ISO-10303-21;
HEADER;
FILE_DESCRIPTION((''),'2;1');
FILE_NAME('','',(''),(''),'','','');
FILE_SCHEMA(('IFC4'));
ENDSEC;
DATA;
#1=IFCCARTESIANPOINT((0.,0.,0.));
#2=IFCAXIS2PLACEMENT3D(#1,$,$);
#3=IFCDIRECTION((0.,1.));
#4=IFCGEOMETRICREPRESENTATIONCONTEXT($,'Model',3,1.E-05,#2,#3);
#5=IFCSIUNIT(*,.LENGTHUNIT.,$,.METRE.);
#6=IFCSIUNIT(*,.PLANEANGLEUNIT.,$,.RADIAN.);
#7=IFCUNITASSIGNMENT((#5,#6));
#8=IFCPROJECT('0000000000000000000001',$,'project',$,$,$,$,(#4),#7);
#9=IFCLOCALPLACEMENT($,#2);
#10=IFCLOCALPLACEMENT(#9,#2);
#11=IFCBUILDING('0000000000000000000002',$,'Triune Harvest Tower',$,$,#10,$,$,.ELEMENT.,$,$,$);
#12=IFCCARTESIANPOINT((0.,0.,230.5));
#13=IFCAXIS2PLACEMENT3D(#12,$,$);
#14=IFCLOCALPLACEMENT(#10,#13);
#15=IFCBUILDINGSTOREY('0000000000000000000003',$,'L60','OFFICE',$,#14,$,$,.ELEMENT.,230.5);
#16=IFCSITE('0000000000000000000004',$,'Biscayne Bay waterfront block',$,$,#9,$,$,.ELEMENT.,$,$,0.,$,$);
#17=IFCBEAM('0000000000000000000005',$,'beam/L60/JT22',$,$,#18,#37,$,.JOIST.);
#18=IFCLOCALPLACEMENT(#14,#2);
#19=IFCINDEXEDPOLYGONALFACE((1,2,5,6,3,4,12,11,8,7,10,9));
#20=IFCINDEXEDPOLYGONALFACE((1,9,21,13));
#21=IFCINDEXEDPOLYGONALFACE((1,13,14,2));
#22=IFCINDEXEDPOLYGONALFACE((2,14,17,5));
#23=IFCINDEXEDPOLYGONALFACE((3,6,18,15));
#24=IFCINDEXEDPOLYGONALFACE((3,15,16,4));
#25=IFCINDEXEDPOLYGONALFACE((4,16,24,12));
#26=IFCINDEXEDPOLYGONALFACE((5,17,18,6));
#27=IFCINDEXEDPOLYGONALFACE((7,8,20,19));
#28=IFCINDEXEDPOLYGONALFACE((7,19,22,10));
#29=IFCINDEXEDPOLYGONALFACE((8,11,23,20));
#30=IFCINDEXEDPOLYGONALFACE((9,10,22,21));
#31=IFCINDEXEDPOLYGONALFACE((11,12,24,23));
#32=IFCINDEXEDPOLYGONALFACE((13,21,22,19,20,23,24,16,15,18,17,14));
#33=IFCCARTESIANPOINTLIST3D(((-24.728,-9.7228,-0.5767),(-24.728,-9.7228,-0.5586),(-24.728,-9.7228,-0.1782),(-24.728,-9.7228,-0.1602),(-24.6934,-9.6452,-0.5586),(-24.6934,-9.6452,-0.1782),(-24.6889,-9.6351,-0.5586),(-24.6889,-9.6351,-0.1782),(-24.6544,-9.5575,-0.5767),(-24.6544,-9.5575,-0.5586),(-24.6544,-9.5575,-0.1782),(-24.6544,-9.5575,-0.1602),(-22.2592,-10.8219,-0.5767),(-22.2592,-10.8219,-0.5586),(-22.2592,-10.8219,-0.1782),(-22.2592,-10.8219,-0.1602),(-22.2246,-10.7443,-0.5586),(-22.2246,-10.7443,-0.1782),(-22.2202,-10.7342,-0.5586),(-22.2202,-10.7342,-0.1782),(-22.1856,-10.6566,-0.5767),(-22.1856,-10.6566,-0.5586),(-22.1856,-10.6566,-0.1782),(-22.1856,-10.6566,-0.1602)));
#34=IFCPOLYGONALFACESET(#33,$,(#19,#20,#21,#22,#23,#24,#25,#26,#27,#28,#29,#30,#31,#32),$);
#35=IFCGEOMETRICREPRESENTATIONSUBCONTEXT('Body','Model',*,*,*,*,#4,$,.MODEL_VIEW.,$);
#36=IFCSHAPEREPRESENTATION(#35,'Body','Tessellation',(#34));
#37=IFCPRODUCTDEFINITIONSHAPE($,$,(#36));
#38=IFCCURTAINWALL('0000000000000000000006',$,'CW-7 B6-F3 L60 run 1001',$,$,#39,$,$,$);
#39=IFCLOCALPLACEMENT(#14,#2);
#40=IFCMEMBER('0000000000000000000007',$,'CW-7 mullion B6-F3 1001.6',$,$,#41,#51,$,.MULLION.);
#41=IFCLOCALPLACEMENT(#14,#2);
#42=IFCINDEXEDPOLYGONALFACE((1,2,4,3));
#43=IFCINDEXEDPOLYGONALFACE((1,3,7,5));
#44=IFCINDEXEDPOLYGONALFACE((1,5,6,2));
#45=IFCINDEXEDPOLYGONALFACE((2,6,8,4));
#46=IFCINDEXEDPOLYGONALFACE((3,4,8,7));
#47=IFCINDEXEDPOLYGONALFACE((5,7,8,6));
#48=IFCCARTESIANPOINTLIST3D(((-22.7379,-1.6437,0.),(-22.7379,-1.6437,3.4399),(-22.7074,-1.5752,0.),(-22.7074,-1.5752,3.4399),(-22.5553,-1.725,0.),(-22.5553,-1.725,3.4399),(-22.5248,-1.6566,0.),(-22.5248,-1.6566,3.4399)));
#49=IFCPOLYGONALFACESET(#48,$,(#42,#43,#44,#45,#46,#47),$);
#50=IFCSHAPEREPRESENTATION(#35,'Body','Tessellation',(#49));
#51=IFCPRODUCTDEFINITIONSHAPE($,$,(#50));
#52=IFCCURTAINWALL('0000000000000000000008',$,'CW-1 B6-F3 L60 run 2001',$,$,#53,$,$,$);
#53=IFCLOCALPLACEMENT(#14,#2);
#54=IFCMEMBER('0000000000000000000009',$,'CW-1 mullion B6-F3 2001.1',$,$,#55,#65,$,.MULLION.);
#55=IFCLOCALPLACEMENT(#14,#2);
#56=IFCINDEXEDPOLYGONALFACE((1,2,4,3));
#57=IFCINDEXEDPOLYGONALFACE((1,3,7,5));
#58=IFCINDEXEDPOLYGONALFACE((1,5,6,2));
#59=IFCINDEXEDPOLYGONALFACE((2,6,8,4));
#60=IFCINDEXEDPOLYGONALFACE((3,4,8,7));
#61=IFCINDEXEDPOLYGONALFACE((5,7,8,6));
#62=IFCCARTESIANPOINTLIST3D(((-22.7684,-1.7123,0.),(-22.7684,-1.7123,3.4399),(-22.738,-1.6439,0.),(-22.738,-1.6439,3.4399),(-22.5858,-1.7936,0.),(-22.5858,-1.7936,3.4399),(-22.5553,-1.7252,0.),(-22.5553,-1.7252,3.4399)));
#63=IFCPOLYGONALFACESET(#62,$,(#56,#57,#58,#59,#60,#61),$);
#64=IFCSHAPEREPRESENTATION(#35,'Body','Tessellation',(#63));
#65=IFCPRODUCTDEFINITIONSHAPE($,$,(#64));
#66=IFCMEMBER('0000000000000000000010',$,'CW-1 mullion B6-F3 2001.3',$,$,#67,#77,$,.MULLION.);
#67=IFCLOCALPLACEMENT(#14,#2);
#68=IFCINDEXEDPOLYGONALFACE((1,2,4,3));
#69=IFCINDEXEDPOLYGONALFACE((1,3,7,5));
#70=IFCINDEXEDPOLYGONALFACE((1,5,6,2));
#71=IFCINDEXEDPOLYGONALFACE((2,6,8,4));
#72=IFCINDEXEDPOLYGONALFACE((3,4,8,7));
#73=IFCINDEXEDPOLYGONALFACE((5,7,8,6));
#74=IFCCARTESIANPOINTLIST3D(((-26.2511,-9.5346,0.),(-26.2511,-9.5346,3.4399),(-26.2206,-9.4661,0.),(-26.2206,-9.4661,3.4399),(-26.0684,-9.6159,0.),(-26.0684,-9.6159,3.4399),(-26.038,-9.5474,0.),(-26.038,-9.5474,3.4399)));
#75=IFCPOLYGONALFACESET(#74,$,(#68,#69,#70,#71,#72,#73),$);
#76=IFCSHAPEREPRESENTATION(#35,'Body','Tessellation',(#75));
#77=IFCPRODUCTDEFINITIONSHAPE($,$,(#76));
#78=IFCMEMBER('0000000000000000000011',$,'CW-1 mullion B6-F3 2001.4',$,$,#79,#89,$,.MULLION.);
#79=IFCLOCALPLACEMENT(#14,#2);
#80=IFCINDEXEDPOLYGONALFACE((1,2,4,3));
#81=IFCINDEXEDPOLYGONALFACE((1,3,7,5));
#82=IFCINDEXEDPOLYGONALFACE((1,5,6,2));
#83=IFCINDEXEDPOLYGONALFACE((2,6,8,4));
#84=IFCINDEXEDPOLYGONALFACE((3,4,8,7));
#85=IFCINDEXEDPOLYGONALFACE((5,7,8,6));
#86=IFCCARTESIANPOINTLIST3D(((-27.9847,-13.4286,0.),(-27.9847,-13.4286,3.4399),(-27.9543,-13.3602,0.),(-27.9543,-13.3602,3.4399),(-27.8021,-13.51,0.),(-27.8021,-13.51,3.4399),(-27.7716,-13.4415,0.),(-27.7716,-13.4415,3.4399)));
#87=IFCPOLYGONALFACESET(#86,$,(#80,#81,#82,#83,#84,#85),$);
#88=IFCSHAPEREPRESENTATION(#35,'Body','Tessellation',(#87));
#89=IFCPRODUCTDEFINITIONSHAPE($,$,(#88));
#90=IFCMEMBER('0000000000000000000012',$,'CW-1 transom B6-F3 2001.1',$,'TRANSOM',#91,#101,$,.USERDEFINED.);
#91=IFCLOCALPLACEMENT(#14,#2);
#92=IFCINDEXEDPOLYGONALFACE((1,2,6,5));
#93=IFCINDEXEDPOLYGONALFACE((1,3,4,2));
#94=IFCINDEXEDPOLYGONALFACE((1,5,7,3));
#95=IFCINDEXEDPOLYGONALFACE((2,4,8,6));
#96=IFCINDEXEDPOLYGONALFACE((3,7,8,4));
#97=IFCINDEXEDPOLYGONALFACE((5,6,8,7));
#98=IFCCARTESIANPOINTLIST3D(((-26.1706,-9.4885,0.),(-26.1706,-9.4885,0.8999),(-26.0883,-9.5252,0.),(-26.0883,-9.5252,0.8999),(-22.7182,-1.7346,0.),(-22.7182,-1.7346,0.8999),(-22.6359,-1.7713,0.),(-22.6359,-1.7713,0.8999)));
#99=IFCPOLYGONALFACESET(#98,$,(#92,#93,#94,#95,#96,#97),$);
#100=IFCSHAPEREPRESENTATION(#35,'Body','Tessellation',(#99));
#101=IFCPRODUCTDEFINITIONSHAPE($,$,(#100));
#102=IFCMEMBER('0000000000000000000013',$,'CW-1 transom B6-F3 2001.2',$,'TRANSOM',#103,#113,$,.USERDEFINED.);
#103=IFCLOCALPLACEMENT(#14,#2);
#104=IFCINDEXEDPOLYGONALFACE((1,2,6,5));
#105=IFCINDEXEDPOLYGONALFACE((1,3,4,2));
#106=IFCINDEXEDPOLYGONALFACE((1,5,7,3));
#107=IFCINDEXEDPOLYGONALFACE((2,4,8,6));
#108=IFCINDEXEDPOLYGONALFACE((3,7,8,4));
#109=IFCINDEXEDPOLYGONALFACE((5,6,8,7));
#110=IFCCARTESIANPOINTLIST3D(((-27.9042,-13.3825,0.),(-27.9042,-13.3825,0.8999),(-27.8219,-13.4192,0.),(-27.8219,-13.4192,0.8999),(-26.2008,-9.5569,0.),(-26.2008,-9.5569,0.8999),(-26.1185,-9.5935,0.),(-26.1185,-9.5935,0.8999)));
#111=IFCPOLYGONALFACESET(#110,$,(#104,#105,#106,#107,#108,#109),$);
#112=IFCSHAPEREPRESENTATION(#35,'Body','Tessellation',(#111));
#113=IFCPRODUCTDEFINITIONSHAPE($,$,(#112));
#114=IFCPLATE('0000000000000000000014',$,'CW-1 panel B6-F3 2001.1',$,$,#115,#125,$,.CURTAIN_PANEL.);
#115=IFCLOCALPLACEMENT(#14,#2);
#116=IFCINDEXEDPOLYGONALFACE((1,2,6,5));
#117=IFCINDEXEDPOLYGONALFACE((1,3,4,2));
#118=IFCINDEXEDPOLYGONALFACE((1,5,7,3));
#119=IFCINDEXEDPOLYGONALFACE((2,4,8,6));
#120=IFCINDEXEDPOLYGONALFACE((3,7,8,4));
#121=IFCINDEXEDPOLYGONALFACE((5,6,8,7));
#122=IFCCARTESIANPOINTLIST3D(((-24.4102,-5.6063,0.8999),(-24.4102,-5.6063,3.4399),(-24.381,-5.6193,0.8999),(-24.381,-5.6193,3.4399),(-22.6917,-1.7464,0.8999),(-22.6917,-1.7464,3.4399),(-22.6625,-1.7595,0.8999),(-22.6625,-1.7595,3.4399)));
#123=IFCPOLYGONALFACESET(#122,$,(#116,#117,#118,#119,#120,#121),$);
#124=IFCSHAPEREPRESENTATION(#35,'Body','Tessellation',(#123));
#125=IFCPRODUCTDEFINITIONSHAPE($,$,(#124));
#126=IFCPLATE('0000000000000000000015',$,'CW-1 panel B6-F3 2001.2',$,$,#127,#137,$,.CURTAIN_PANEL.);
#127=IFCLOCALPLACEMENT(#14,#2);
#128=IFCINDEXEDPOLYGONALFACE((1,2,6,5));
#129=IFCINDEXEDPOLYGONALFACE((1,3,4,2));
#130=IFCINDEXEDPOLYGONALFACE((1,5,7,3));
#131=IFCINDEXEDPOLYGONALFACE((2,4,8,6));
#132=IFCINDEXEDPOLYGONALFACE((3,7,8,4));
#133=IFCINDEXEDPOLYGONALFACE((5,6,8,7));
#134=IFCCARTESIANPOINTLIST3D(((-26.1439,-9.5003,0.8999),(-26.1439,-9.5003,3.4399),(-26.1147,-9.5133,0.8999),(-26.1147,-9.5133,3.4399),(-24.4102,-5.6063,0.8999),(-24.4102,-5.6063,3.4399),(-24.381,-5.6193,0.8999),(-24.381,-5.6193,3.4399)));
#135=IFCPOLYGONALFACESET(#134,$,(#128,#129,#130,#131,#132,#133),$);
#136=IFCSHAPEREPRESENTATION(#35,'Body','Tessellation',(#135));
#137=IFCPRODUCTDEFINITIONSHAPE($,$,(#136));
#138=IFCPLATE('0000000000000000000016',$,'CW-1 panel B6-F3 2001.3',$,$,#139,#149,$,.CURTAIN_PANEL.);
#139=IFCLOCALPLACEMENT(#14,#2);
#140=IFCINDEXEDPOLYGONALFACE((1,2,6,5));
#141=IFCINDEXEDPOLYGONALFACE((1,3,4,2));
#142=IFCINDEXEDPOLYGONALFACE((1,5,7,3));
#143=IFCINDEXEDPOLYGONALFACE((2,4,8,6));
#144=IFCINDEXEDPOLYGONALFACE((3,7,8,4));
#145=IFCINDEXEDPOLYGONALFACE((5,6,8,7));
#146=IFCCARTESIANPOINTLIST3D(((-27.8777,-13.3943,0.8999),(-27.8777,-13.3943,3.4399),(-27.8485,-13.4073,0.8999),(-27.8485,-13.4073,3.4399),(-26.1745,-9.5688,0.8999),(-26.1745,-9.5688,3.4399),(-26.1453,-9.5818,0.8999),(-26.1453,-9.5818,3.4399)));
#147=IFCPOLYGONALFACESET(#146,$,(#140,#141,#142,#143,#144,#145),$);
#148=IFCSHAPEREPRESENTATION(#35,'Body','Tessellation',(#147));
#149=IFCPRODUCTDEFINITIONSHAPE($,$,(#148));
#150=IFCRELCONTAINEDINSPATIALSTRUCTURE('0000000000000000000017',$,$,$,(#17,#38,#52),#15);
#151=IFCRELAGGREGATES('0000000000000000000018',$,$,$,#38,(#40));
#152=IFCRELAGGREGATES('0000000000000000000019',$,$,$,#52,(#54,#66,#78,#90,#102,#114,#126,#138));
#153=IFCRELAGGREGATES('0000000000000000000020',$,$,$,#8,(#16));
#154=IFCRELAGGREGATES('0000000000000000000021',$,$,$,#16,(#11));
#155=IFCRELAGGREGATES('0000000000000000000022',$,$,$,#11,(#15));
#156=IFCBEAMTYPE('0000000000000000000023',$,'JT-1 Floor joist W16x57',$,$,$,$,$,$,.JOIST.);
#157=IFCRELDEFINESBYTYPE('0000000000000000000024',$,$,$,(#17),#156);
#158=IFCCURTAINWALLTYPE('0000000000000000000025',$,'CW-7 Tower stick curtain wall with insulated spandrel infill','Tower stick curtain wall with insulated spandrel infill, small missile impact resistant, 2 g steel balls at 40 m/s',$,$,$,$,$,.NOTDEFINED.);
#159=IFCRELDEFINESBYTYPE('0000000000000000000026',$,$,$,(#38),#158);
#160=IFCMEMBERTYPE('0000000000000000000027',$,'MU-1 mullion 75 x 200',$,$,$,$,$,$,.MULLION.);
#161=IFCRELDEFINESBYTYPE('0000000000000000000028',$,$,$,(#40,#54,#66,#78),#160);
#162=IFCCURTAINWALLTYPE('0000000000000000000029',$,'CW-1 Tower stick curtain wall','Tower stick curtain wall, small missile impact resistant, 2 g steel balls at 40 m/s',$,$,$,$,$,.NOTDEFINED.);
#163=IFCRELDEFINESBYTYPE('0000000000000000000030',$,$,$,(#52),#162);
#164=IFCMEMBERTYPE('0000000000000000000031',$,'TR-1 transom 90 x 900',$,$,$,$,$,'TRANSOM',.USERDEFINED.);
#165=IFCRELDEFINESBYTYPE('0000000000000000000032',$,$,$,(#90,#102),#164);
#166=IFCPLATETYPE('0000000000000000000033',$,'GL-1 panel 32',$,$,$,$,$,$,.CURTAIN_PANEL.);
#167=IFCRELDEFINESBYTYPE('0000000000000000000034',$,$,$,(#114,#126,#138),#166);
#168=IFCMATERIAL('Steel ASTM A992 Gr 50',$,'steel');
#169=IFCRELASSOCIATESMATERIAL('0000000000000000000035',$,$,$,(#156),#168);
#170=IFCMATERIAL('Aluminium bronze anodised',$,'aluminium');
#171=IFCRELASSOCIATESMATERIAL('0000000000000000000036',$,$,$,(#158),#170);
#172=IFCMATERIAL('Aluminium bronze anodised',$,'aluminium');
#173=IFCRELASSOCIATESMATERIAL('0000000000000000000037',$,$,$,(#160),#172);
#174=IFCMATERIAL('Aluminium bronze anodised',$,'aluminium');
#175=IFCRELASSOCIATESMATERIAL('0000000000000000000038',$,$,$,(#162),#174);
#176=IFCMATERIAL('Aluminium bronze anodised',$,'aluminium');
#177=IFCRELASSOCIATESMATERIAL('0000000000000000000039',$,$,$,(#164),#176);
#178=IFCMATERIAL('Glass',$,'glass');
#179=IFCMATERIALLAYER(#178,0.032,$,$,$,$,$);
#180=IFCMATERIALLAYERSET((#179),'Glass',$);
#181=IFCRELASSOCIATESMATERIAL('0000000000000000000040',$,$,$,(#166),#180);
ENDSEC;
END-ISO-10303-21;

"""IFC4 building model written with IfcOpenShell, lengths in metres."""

from ifc_helpers import new_model, si_unit, direction, frame, origin, origin_2d, place, context, subcontext, project, spatial, rectangle, i_section, extrude, source, transform, mapped, material, layer, layer_set, material_profile, profile_set, type_object, element, aggregate, save


model = new_model("IFC4")

# Units and contexts
model_context = context("Model", 3, precision=1e-05, world=origin(), true_north=direction((0.0, 1.0)))
body_context = subcontext(model_context, "Body", "Model", "MODEL_VIEW")
ifc_project = project(units=[si_unit("LENGTHUNIT", "METRE"), si_unit("PLANEANGLEUNIT", "RADIAN")], contexts=[model_context])

# Site, building, storey
site_placement = place(None, origin())
site = spatial("IfcSite", under=ifc_project, at=site_placement, Name="Biscayne Bay waterfront block", CompositionType="ELEMENT", RefElevation=0.0)
building_placement = place(site_placement, origin())
building = spatial("IfcBuilding", under=site, at=building_placement, Name="Triune Harvest Tower", CompositionType="ELEMENT")
storey_placement = place(building_placement, frame((0.0, 0.0, 230.5)))
storey = spatial("IfcBuildingStorey", under=building, at=storey_placement, Name="L60", Description="OFFICE", CompositionType="ELEMENT", Elevation=230.5)

# Beam
ifc_material_1 = material(Name="Steel ASTM A992 Gr 50", Category="steel")
ifc_material_profile_1 = material_profile(ifc_material_1, i_section(OverallWidth=0.1809, OverallDepth=0.4165, WebThickness=0.011, FlangeThickness=0.0181, at=origin_2d()), Name="W16x57")
ifc_profile_set_1 = profile_set([ifc_material_profile_1], Name="Steel ASTM A992 Gr 50")
beam_type_1 = type_object("IfcBeamType", Name="JT-1 Floor joist W16x57", PredefinedType="JOIST", material=ifc_profile_set_1)
shared_shape_1 = source(origin(), body_context, "Body", "SweptSolid", [
    extrude(i_section(OverallWidth=0.1809, OverallDepth=0.4165, WebThickness=0.011, FlangeThickness=0.0181, at=origin_2d()), origin(), (0.0, 0.0, 1.0), 2.7024),
])
beam_1_placement = place(storey_placement, frame((-24.6912, -9.6401, -0.3684), z_axis=(0.913551, -0.406725, 0.0), x_axis=(0.406725, 0.913551, 0.0)))
element("IfcBeam", 1, at=beam_1_placement, inside=storey, type_object=beam_type_1, Name="beam/L60/JT22", PredefinedType="JOIST", context=body_context, shape_type="MappedRepresentation", body=[
    mapped(shared_shape_1, transform((0.0, 0.0, 0.0), scale=1.0)),
])

# Curtain wall, member
ifc_material_2 = material(Name="Aluminium bronze anodised", Category="aluminium")
curtain_wall_type_1 = type_object("IfcCurtainWallType", Name="CW-7 Tower stick curtain wall with insulated spandrel infill", Description="Tower stick curtain wall with insulated spandrel infill, small missile impact resistant, 2 g steel balls at 40 m/s", PredefinedType="NOTDEFINED", material=ifc_material_2)
curtain_wall_1_placement = place(storey_placement, origin())
curtain_wall_1 = element("IfcCurtainWall", 2, at=curtain_wall_1_placement, inside=storey, type_object=curtain_wall_type_1, Name="CW-7 B6-F3 L60 run 1001")
ifc_material_3 = material(Name="Aluminium bronze anodised", Category="aluminium")
ifc_material_profile_2 = material_profile(ifc_material_3, rectangle(XDim=0.2, YDim=0.075, at=origin_2d()), Name="MU-1 mullion 75 x 200")
ifc_profile_set_2 = profile_set([ifc_material_profile_2], Name="Aluminium bronze anodised")
member_type_1 = type_object("IfcMemberType", Name="MU-1 mullion 75 x 200", PredefinedType="MULLION", material=ifc_profile_set_2)
shared_shape_2 = source(origin(), body_context, "Body", "SweptSolid", [
    extrude(rectangle(XDim=0.2, YDim=0.075, at=origin_2d()), origin(), (0.0, 0.0, 1.0), 3.4399),
])
member_1_placement = place(storey_placement, frame((-22.6313, -1.6501, 0.0), z_axis=(0.0, 0.0, 1.0), x_axis=(0.913543, -0.406742, 0.0)))
member_1 = element("IfcMember", 3, at=member_1_placement, type_object=member_type_1, Name="CW-7 mullion B6-F3 1001.6", PredefinedType="MULLION", context=body_context, shape_type="MappedRepresentation", body=[
    mapped(shared_shape_2, transform((0.0, 0.0, 0.0), scale=1.0)),
])
aggregate(curtain_wall_1, [member_1])

# Curtain wall, members, plates
ifc_material_4 = material(Name="Aluminium bronze anodised", Category="aluminium")
curtain_wall_type_2 = type_object("IfcCurtainWallType", Name="CW-1 Tower stick curtain wall", Description="Tower stick curtain wall, small missile impact resistant, 2 g steel balls at 40 m/s", PredefinedType="NOTDEFINED", material=ifc_material_4)
curtain_wall_2_placement = place(storey_placement, origin())
curtain_wall_2 = element("IfcCurtainWall", 4, at=curtain_wall_2_placement, inside=storey, type_object=curtain_wall_type_2, Name="CW-1 B6-F3 L60 run 2001")
member_2_placement = place(storey_placement, frame((-22.6619, -1.7188, 0.0), z_axis=(0.0, 0.0, 1.0), x_axis=(0.913546, -0.406735, 0.0)))
member_2 = element("IfcMember", 5, at=member_2_placement, type_object=member_type_1, Name="CW-1 mullion B6-F3 2001.1", PredefinedType="MULLION", context=body_context, shape_type="MappedRepresentation", body=[
    mapped(shared_shape_2, transform((0.0, 0.0, 0.0), scale=1.0)),
])
member_3_placement = place(storey_placement, frame((-26.1445, -9.541, 0.0), z_axis=(0.0, 0.0, 1.0), x_axis=(0.913546, -0.406735, 0.0)))
member_3 = element("IfcMember", 6, at=member_3_placement, type_object=member_type_1, Name="CW-1 mullion B6-F3 2001.3", PredefinedType="MULLION", context=body_context, shape_type="MappedRepresentation", body=[
    mapped(shared_shape_2, transform((0.0, 0.0, 0.0), scale=1.0)),
])
member_4_placement = place(storey_placement, frame((-27.8782, -13.4351, 0.0), z_axis=(0.0, 0.0, 1.0), x_axis=(0.913546, -0.406735, 0.0)))
member_4 = element("IfcMember", 7, at=member_4_placement, type_object=member_type_1, Name="CW-1 mullion B6-F3 2001.4", PredefinedType="MULLION", context=body_context, shape_type="MappedRepresentation", body=[
    mapped(shared_shape_2, transform((0.0, 0.0, 0.0), scale=1.0)),
])
ifc_material_5 = material(Name="Aluminium bronze anodised", Category="aluminium")
ifc_material_profile_3 = material_profile(ifc_material_5, rectangle(XDim=0.0901, YDim=0.8999, at=origin_2d()), Name="TR-1 transom 90 x 900")
ifc_profile_set_3 = profile_set([ifc_material_profile_3], Name="Aluminium bronze anodised")
member_type_2 = type_object("IfcMemberType", Name="TR-1 transom 90 x 900", ElementType="TRANSOM", PredefinedType="USERDEFINED", material=ifc_profile_set_3)
shared_shape_3 = source(origin(), body_context, "Body", "SweptSolid", [
    extrude(rectangle(XDim=0.0901, YDim=0.8999, at=origin_2d()), origin(), (0.0, 0.0, 1.0), 8.4878),
])
member_5_placement = place(storey_placement, frame((-22.677, -1.7529, 0.45), z_axis=(-0.40675, -0.91354, 0.0), x_axis=(0.91354, -0.40675, 0.0)))
member_5 = element("IfcMember", 8, at=member_5_placement, type_object=member_type_2, Name="CW-1 transom B6-F3 2001.1", ObjectType="TRANSOM", PredefinedType="USERDEFINED", context=body_context, shape_type="MappedRepresentation", body=[
    mapped(shared_shape_3, transform((0.0, 0.0, 0.0), scale=1.0)),
])
shared_shape_4 = source(origin(), body_context, "Body", "SweptSolid", [
    extrude(rectangle(XDim=0.0901, YDim=0.8999, at=origin_2d()), origin(), (0.0, 0.0, 1.0), 4.1877),
])
member_6_placement = place(storey_placement, frame((-26.1597, -9.5752, 0.45), z_axis=(-0.40675, -0.91354, 0.0), x_axis=(0.91354, -0.40675, 0.0)))
member_6 = element("IfcMember", 9, at=member_6_placement, type_object=member_type_2, Name="CW-1 transom B6-F3 2001.2", ObjectType="TRANSOM", PredefinedType="USERDEFINED", context=body_context, shape_type="MappedRepresentation", body=[
    mapped(shared_shape_4, transform((0.0, 0.0, 0.0), scale=1.0)),
])
ifc_material_6 = material(Name="Glass", Category="glass")
ifc_layer_1 = layer(ifc_material_6, 0.032)
ifc_layer_set_1 = layer_set([ifc_layer_1], Name="Glass")
plate_type = type_object("IfcPlateType", Name="GL-1 panel 32", PredefinedType="CURTAIN_PANEL", material=ifc_layer_set_1)
shared_shape_5 = source(origin(), body_context, "Body", "SweptSolid", [
    extrude(rectangle(XDim=4.2251, YDim=0.032, at=origin_2d()), origin(), (0.0, 0.0, 1.0), 2.54),
])
plate_1_placement = place(storey_placement, frame((-23.5364, -3.6829, 0.8999), z_axis=(0.0, 0.0, 1.0), x_axis=(-0.406735, -0.913546, 0.0)))
plate_1 = element("IfcPlate", 10, at=plate_1_placement, type_object=plate_type, Name="CW-1 panel B6-F3 2001.1", PredefinedType="CURTAIN_PANEL", context=body_context, shape_type="MappedRepresentation", body=[
    mapped(shared_shape_5, transform((0.0, 0.0, 0.0), scale=1.0)),
])
shared_shape_6 = source(origin(), body_context, "Body", "SweptSolid", [
    extrude(rectangle(XDim=4.2625, YDim=0.032, at=origin_2d()), origin(), (0.0, 0.0, 1.0), 2.54),
])
plate_2_placement = place(storey_placement, frame((-25.2625, -7.5598, 0.8999), z_axis=(0.0, 0.0, 1.0), x_axis=(-0.406735, -0.913546, 0.0)))
plate_2 = element("IfcPlate", 11, at=plate_2_placement, type_object=plate_type, Name="CW-1 panel B6-F3 2001.2", PredefinedType="CURTAIN_PANEL", context=body_context, shape_type="MappedRepresentation", body=[
    mapped(shared_shape_6, transform((0.0, 0.0, 0.0), scale=1.0)),
])
shared_shape_7 = source(origin(), body_context, "Body", "SweptSolid", [
    extrude(rectangle(XDim=4.1875, YDim=0.032, at=origin_2d()), origin(), (0.0, 0.0, 1.0), 2.54),
])
plate_3_placement = place(storey_placement, frame((-27.0115, -11.488, 0.8999), z_axis=(0.0, 0.0, 1.0), x_axis=(-0.406735, -0.913546, 0.0)))
plate_3 = element("IfcPlate", 12, at=plate_3_placement, type_object=plate_type, Name="CW-1 panel B6-F3 2001.3", PredefinedType="CURTAIN_PANEL", context=body_context, shape_type="MappedRepresentation", body=[
    mapped(shared_shape_7, transform((0.0, 0.0, 0.0), scale=1.0)),
])
aggregate(curtain_wall_2, [member_2, member_3, member_4, member_5, member_6, plate_1, plate_2, plate_3])

save(model, "model.ifc")
